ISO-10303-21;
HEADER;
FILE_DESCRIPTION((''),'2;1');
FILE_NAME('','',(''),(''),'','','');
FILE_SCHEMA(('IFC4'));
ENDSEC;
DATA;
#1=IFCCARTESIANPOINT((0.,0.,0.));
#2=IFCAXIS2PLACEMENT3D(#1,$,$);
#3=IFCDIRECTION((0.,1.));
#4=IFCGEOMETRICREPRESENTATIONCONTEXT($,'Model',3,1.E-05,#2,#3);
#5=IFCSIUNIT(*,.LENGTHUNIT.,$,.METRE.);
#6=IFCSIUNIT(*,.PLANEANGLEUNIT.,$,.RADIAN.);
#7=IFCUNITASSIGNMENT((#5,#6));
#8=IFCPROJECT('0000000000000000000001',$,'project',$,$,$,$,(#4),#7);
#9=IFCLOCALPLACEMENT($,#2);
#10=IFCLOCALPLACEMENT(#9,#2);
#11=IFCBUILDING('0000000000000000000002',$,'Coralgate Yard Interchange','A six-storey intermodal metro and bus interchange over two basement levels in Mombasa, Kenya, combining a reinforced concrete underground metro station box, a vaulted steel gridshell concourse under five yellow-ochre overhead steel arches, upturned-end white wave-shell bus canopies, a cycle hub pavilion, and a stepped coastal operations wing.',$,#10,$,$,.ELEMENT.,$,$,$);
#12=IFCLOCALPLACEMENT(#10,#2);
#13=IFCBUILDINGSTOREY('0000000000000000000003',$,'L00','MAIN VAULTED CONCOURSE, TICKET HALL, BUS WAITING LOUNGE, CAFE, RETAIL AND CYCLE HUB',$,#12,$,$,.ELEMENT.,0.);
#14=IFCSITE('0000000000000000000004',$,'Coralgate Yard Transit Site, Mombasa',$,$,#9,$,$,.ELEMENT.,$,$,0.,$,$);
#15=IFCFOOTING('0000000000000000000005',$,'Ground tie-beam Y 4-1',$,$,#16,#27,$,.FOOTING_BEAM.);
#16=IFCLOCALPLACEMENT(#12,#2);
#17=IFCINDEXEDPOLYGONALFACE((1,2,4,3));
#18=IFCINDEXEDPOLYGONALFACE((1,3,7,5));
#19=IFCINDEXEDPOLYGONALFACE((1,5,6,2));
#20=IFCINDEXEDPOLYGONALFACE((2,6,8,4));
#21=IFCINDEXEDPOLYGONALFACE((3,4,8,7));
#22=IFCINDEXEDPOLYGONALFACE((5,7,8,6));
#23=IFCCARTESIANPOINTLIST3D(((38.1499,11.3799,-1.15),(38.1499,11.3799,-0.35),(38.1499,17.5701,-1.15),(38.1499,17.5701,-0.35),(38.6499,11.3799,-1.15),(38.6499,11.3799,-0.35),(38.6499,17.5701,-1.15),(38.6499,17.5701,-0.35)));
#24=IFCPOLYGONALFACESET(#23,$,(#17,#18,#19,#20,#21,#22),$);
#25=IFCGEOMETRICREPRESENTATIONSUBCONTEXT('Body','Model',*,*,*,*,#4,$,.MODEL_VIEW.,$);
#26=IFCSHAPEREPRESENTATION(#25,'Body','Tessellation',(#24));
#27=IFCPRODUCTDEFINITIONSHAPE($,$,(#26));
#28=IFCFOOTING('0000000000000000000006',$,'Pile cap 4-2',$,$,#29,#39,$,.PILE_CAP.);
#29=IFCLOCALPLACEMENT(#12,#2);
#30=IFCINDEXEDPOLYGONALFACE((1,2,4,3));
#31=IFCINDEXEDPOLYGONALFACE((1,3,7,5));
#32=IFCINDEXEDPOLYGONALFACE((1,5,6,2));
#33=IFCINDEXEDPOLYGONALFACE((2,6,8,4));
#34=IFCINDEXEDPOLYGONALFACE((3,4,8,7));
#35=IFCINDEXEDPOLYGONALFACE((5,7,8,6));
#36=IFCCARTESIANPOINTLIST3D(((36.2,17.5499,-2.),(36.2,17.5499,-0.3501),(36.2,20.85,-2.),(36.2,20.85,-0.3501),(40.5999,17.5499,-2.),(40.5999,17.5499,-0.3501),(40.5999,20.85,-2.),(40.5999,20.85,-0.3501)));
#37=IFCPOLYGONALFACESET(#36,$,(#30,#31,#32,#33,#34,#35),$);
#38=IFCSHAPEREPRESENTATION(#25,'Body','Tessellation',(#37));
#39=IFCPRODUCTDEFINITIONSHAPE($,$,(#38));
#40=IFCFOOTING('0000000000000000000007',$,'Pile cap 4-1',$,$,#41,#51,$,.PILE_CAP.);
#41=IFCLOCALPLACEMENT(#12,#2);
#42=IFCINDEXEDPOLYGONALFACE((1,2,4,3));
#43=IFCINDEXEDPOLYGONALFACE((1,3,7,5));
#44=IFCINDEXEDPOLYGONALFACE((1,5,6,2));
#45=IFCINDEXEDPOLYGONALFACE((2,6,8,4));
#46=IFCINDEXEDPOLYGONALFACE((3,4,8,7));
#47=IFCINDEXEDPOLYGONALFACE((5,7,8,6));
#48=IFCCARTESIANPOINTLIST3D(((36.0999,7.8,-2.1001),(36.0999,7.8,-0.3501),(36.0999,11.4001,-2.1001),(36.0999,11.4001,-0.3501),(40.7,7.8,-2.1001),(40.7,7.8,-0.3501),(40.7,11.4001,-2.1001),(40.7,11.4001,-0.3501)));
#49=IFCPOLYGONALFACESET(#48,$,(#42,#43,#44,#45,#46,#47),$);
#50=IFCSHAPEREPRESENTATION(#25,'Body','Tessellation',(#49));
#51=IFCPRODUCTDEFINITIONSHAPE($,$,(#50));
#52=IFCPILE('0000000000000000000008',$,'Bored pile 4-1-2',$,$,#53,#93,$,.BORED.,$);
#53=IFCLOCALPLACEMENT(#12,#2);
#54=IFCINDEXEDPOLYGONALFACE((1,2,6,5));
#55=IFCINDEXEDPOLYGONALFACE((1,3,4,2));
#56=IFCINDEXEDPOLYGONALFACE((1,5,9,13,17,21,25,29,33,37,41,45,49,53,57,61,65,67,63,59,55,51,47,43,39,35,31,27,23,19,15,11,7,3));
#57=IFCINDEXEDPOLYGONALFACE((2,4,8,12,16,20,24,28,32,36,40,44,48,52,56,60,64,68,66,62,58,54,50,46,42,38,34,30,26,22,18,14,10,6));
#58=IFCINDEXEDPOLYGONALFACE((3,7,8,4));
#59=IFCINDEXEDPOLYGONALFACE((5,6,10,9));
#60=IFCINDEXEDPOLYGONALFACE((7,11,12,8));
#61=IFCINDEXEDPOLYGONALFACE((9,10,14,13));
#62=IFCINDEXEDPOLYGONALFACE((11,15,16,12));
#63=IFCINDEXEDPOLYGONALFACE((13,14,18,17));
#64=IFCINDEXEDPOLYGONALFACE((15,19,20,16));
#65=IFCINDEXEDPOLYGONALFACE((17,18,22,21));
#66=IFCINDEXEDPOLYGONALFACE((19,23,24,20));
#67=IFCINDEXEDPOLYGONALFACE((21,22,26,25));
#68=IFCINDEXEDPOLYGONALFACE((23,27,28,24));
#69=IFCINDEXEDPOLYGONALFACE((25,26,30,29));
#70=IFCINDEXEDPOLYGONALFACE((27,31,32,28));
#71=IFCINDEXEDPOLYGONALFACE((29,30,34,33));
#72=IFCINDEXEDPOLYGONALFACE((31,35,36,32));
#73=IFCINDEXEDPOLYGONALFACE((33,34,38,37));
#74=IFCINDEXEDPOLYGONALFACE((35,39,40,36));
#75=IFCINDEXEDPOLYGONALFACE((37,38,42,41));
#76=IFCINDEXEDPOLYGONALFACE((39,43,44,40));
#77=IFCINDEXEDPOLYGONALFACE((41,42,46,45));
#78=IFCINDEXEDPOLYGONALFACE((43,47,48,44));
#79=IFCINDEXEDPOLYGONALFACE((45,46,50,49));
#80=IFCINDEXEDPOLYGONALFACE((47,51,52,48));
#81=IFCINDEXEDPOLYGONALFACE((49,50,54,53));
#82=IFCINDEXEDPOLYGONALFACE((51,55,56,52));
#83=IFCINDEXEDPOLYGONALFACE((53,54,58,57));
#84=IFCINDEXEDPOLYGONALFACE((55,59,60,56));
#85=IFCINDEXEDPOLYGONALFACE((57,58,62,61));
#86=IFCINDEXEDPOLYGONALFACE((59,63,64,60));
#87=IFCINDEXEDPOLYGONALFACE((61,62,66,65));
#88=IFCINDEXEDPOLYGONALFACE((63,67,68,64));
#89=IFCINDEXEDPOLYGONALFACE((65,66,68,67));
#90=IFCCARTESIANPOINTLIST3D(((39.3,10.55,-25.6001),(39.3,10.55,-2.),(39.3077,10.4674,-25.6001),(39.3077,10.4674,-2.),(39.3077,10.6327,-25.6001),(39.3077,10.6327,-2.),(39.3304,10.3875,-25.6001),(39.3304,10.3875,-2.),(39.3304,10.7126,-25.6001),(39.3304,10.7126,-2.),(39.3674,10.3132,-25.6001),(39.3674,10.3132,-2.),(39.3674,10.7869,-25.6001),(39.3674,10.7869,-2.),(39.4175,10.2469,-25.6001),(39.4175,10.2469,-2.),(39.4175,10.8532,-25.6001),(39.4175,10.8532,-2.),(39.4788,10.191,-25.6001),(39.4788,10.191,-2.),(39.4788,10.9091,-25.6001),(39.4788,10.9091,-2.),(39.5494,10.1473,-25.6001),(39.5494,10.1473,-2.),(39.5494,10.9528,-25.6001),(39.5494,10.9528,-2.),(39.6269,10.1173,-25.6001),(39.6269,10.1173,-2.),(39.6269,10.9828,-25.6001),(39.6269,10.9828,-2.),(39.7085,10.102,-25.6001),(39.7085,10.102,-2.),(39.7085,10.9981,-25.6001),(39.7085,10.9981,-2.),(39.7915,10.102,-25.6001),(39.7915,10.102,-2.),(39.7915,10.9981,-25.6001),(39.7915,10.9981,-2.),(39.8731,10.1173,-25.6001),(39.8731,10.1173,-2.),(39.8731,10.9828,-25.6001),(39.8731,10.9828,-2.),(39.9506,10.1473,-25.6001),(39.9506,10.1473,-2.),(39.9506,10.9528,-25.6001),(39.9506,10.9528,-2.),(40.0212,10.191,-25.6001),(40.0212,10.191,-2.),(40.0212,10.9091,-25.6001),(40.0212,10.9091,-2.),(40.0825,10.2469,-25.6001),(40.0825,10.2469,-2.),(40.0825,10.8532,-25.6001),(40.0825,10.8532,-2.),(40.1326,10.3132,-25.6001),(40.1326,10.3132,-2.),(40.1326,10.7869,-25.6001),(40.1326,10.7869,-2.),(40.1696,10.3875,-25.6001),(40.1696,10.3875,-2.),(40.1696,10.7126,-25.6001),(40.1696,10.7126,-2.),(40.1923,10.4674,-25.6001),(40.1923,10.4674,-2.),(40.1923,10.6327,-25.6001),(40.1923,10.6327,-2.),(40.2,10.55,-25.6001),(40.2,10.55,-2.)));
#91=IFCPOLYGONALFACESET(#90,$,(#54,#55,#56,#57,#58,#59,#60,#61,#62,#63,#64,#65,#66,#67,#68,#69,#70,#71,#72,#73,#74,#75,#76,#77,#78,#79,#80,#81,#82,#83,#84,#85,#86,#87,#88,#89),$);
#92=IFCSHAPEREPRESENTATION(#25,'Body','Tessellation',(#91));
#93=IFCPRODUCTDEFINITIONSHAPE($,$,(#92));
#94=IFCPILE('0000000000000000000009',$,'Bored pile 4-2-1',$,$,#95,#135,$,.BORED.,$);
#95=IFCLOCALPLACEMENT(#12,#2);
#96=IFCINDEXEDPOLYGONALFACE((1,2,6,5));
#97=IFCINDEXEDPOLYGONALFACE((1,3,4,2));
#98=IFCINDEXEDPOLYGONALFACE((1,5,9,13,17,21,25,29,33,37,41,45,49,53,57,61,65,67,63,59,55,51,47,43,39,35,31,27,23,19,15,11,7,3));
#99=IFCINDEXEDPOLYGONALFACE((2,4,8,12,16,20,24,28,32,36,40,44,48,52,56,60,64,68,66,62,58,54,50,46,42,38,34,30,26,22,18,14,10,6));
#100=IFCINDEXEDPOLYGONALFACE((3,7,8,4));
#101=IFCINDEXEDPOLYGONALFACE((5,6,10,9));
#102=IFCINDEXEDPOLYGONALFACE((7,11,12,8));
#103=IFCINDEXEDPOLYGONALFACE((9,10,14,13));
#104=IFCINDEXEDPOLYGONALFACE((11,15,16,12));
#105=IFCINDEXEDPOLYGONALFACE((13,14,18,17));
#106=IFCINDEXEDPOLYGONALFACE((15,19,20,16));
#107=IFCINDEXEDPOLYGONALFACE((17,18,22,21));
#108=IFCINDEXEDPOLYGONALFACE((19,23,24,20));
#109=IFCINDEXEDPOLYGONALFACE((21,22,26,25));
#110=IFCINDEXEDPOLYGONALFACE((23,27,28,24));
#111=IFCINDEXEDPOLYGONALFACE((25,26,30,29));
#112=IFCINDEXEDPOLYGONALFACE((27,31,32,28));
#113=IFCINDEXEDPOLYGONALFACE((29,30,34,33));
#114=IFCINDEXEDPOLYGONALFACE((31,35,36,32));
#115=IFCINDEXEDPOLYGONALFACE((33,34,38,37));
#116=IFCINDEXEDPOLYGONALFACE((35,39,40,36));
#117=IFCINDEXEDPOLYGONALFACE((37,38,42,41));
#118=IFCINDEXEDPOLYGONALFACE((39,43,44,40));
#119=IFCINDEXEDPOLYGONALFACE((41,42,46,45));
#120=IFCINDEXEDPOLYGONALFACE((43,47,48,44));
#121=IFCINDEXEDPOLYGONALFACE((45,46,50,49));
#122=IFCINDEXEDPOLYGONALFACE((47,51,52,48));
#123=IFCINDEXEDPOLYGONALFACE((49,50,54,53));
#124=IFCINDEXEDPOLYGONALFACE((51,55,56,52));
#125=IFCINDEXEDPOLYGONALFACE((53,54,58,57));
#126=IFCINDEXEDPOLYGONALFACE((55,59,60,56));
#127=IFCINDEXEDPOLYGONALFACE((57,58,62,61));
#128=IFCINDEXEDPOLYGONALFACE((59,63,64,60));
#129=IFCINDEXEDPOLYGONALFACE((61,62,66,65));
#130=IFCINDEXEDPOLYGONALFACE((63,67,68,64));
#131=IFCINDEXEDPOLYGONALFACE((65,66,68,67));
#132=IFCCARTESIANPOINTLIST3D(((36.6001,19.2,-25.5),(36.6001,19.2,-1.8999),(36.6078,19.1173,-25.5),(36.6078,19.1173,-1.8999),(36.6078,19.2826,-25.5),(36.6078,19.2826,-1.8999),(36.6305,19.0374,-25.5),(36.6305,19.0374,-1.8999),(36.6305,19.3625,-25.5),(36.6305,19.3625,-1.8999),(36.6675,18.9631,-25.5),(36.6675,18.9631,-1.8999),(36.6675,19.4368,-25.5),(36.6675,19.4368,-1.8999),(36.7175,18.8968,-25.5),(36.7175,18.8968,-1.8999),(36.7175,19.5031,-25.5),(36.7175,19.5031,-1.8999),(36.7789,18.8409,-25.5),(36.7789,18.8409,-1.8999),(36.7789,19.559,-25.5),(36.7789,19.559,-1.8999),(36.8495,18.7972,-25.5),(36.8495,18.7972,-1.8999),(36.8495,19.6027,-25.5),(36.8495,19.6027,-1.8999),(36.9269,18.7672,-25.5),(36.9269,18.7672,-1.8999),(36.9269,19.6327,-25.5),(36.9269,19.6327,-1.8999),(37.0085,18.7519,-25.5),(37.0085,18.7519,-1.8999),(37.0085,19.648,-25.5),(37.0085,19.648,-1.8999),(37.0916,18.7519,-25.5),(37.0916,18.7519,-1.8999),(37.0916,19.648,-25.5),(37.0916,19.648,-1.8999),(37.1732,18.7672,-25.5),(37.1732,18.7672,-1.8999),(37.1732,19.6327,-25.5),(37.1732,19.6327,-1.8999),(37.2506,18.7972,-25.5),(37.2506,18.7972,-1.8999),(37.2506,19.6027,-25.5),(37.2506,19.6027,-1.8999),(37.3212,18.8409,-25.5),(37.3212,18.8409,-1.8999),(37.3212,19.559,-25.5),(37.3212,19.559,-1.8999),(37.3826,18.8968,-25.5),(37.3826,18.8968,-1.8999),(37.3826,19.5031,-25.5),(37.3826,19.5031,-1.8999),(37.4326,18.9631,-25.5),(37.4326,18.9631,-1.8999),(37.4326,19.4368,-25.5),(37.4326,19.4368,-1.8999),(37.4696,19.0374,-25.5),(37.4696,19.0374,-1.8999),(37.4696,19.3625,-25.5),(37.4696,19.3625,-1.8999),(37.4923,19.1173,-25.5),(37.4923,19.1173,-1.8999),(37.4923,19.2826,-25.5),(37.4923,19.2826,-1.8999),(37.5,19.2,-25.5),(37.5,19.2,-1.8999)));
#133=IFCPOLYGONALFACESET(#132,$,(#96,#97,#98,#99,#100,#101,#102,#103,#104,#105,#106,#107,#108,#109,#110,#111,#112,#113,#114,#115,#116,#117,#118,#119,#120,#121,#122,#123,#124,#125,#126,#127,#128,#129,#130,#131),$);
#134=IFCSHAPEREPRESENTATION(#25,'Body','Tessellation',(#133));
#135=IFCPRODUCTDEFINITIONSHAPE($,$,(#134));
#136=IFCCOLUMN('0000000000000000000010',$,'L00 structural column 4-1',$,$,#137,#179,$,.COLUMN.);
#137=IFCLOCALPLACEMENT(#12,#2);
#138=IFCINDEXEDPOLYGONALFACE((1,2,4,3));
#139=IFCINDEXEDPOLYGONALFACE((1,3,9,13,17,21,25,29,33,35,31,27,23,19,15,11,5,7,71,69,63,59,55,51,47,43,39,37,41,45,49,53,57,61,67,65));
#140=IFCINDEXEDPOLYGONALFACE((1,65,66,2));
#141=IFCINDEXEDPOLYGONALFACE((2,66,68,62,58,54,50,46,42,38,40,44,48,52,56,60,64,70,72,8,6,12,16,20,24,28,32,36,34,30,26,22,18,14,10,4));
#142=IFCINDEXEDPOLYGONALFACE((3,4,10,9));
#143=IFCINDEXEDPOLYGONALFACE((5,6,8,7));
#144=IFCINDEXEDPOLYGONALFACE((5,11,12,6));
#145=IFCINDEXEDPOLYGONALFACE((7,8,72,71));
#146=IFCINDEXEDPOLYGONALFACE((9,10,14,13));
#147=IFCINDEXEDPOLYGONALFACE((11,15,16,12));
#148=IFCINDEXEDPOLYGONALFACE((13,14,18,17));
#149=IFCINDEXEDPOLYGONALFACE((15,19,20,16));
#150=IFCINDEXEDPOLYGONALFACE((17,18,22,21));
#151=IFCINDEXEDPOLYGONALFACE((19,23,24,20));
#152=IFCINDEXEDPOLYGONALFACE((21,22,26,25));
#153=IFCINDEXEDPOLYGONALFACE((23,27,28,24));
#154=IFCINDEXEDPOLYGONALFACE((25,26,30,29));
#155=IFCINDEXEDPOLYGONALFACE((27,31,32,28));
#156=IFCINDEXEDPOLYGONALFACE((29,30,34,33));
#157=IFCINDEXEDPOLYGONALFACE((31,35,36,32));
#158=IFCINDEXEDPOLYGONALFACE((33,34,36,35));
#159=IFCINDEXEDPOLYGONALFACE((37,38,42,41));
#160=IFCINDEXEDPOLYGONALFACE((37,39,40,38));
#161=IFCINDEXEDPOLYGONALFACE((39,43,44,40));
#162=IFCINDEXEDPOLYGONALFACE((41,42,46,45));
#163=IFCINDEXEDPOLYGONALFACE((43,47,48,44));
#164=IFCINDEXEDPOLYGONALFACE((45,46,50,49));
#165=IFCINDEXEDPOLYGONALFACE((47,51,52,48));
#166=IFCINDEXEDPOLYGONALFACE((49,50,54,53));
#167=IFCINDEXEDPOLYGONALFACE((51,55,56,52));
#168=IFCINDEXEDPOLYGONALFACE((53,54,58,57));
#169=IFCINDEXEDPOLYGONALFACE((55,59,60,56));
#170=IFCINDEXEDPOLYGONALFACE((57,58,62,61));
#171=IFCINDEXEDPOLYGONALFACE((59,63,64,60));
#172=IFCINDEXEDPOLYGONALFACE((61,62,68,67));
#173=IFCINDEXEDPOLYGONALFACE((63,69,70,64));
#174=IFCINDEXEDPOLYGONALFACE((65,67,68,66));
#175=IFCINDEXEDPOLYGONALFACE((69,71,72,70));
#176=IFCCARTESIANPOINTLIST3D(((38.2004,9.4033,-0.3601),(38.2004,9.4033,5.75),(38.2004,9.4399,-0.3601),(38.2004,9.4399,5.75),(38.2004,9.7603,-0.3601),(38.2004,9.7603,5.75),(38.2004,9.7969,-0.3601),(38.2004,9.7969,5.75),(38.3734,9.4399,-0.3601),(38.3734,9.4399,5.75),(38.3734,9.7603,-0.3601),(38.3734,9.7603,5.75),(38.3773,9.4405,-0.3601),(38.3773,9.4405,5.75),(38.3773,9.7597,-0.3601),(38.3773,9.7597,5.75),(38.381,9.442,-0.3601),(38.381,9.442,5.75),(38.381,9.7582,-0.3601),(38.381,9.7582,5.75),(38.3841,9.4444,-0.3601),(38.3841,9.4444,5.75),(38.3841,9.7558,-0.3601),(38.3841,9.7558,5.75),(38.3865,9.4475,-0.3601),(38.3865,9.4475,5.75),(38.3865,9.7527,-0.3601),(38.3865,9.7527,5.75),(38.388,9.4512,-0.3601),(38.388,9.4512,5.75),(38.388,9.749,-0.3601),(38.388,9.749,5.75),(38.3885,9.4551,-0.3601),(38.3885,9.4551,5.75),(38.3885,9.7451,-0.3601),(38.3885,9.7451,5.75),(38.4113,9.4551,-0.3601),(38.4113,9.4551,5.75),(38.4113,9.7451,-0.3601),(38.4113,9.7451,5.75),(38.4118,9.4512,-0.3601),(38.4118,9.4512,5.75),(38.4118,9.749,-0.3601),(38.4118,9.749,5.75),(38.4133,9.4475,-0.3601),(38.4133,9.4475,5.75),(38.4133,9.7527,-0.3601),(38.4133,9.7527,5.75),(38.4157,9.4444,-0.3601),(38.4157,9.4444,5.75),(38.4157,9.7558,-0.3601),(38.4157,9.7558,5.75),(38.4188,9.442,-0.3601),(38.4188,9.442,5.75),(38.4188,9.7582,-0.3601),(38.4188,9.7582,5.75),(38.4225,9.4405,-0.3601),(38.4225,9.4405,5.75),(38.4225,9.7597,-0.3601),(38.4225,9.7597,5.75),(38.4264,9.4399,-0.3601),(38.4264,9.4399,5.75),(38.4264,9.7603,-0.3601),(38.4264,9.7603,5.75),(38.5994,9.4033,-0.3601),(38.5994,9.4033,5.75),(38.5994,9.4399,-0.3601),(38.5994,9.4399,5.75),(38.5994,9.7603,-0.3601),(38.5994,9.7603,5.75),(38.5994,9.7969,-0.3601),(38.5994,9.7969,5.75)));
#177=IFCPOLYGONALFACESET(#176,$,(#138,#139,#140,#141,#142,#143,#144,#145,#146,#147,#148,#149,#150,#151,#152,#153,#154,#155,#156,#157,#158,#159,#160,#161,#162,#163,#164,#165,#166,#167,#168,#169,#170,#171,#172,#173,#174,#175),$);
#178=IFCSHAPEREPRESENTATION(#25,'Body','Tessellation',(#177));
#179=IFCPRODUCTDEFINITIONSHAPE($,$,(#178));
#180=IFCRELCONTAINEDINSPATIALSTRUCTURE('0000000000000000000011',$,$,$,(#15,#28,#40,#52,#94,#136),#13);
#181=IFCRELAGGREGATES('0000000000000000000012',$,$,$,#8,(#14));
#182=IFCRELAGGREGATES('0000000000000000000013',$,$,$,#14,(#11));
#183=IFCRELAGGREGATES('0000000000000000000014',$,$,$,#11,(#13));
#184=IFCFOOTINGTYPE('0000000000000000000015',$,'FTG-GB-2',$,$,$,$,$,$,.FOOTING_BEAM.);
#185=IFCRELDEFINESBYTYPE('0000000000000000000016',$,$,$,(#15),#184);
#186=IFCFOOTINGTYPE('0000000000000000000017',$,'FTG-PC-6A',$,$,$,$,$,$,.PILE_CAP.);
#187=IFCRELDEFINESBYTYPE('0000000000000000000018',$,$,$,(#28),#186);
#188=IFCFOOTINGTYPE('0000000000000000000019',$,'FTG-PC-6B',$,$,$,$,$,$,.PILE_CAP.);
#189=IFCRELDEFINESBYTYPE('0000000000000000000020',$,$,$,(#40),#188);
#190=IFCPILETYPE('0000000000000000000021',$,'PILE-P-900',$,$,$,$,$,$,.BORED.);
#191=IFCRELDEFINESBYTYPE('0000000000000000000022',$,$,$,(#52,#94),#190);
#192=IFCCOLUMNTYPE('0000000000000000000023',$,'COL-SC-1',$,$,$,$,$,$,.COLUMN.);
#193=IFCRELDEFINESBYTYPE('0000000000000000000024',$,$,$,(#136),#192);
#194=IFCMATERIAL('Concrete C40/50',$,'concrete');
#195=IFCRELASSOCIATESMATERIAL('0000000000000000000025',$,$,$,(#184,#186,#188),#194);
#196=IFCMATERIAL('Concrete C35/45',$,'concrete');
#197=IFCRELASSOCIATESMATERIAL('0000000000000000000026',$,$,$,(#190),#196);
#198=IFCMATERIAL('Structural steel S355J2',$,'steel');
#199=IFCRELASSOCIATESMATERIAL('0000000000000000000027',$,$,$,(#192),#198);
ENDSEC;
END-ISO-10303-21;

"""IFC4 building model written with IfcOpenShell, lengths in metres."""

from ifc_helpers import new_model, si_unit, direction, frame, origin, origin_2d, place, context, subcontext, project, spatial, rectangle, circle, i_section, extrude, material, material_profile, profile_set, type_object, element, save


model = new_model("IFC4")

# Units and contexts
model_context = context("Model", 3, precision=1e-05, world=origin(), true_north=direction((0.0, 1.0)))
body_context = subcontext(model_context, "Body", "Model", "MODEL_VIEW")
ifc_project = project(units=[si_unit("LENGTHUNIT", "METRE"), si_unit("PLANEANGLEUNIT", "RADIAN")], contexts=[model_context])

# Site, building, storey
site_placement = place(None, origin())
site = spatial("IfcSite", under=ifc_project, at=site_placement, Name="Coralgate Yard Transit Site, Mombasa", CompositionType="ELEMENT", RefElevation=0.0)
building_placement = place(site_placement, origin())
building = spatial("IfcBuilding", under=site, at=building_placement, Name="Coralgate Yard Interchange", Description="A six-storey intermodal metro and bus interchange over two basement levels in Mombasa, Kenya, combining a reinforced concrete underground metro station box, a vaulted steel gridshell concourse under five yellow-ochre overhead steel arches, upturned-end white wave-shell bus canopies, a cycle hub pavilion, and a stepped coastal operations wing.", CompositionType="ELEMENT")
storey_placement = place(building_placement, origin())
storey = spatial("IfcBuildingStorey", under=building, at=storey_placement, Name="L00", Description="MAIN VAULTED CONCOURSE, TICKET HALL, BUS WAITING LOUNGE, CAFE, RETAIL AND CYCLE HUB", CompositionType="ELEMENT", Elevation=0.0)

# Footings
ifc_material_1 = material(Name="Concrete C40/50", Category="concrete")
ifc_material_profile_1 = material_profile(ifc_material_1, rectangle(XDim=0.5, YDim=0.8, at=origin_2d()), Name="RC 500x800")
ifc_profile_set_1 = profile_set([ifc_material_profile_1], Name="Concrete C40/50")
footing_type_1 = type_object("IfcFootingType", Name="FTG-GB-2", PredefinedType="FOOTING_BEAM", material=ifc_profile_set_1)
footing_1_placement = place(storey_placement, frame((38.3999, 11.3799, -0.75), z_axis=(0.0, 1.0, 0.0), x_axis=(-1.0, 0.0, 0.0)))
element("IfcFooting", 1, at=footing_1_placement, inside=storey, type_object=footing_type_1, Name="Ground tie-beam Y 4-1", PredefinedType="FOOTING_BEAM", context=body_context, shape_type="SweptSolid", body=[
    extrude(rectangle(XDim=0.5, YDim=0.8, at=origin_2d()), origin(), (0.0, 0.0, 1.0), 6.1902),
])
footing_type_2 = type_object("IfcFootingType", Name="FTG-PC-6A", PredefinedType="PILE_CAP", material=ifc_material_1)
footing_2_placement = place(storey_placement, frame((38.3999, 19.2, -2.0), z_axis=(0.0, 0.0, 1.0), x_axis=(1.0, 0.0, 0.0)))
element("IfcFooting", 2, at=footing_2_placement, inside=storey, type_object=footing_type_2, Name="Pile cap 4-2", PredefinedType="PILE_CAP", context=body_context, shape_type="SweptSolid", body=[
    extrude(rectangle(XDim=4.3999, YDim=3.3, at=origin_2d()), origin(), (0.0, 0.0, 1.0), 1.6499),
])
footing_type_3 = type_object("IfcFootingType", Name="FTG-PC-6B", PredefinedType="PILE_CAP", material=ifc_material_1)
footing_3_placement = place(storey_placement, frame((38.3999, 9.6001, -2.1001), z_axis=(0.0, 0.0, 1.0), x_axis=(1.0, 0.0, 0.0)))
element("IfcFooting", 3, at=footing_3_placement, inside=storey, type_object=footing_type_3, Name="Pile cap 4-1", PredefinedType="PILE_CAP", context=body_context, shape_type="SweptSolid", body=[
    extrude(rectangle(XDim=4.6001, YDim=3.6001, at=origin_2d()), origin(), (0.0, 0.0, 1.0), 1.75),
])

# Piles
ifc_material_2 = material(Name="Concrete C35/45", Category="concrete")
ifc_material_profile_2 = material_profile(ifc_material_2, circle(Radius=0.45, at=origin_2d()), Name="BORED PILE D900")
ifc_profile_set_2 = profile_set([ifc_material_profile_2], Name="Concrete C35/45")
pile_type = type_object("IfcPileType", Name="PILE-P-900", PredefinedType="BORED", material=ifc_profile_set_2)
for number, where, z_axis, x_axis, name in (
    (4, (39.75, 10.55, -2.0), (0.0, 0.0, -1.0), (1.0, 0.0, 0.0), "Bored pile 4-1-2"),
    (5, (37.05, 19.2, -1.8999), (0.0, 0.0, -1.0), (1.0, 0.0, 0.0), "Bored pile 4-2-1"),
):
    element("IfcPile", number, at=place(storey_placement, frame(where, z_axis=z_axis, x_axis=x_axis)), inside=storey, type_object=pile_type, Name=name, PredefinedType="BORED", context=body_context, shape_type="SweptSolid", body=[
        extrude(circle(Radius=0.45, at=origin_2d()), origin(), (0.0, 0.0, 1.0), 23.6001),
    ])

# Column
ifc_material_3 = material(Name="Structural steel S355J2", Category="steel")
ifc_material_profile_3 = material_profile(ifc_material_3, i_section(OverallWidth=0.3989, OverallDepth=0.3936, WebThickness=0.0227, FlangeThickness=0.0366, FilletRadius=0.0151, at=origin_2d()), Name="UC 356x406x287")
ifc_profile_set_3 = profile_set([ifc_material_profile_3], Name="Structural steel S355J2")
column_type = type_object("IfcColumnType", Name="COL-SC-1", PredefinedType="COLUMN", material=ifc_profile_set_3)
for number, where, z_axis, x_axis, name in (
    (6, (38.3999, 9.6001, -0.3601), (0.0, 0.0, 1.0), (1.0, 0.0, 0.0), "L00 structural column 4-1"),
):
    element("IfcColumn", number, at=place(storey_placement, frame(where, z_axis=z_axis, x_axis=x_axis)), inside=storey, type_object=column_type, Name=name, PredefinedType="COLUMN", context=body_context, shape_type="SweptSolid", body=[
        extrude(i_section(OverallWidth=0.3989, OverallDepth=0.3936, WebThickness=0.0227, FlangeThickness=0.0366, FilletRadius=0.0151, at=origin_2d()), origin(), (0.0, 0.0, 1.0), 6.1101),
    ])

save(model, "model.ifc")
